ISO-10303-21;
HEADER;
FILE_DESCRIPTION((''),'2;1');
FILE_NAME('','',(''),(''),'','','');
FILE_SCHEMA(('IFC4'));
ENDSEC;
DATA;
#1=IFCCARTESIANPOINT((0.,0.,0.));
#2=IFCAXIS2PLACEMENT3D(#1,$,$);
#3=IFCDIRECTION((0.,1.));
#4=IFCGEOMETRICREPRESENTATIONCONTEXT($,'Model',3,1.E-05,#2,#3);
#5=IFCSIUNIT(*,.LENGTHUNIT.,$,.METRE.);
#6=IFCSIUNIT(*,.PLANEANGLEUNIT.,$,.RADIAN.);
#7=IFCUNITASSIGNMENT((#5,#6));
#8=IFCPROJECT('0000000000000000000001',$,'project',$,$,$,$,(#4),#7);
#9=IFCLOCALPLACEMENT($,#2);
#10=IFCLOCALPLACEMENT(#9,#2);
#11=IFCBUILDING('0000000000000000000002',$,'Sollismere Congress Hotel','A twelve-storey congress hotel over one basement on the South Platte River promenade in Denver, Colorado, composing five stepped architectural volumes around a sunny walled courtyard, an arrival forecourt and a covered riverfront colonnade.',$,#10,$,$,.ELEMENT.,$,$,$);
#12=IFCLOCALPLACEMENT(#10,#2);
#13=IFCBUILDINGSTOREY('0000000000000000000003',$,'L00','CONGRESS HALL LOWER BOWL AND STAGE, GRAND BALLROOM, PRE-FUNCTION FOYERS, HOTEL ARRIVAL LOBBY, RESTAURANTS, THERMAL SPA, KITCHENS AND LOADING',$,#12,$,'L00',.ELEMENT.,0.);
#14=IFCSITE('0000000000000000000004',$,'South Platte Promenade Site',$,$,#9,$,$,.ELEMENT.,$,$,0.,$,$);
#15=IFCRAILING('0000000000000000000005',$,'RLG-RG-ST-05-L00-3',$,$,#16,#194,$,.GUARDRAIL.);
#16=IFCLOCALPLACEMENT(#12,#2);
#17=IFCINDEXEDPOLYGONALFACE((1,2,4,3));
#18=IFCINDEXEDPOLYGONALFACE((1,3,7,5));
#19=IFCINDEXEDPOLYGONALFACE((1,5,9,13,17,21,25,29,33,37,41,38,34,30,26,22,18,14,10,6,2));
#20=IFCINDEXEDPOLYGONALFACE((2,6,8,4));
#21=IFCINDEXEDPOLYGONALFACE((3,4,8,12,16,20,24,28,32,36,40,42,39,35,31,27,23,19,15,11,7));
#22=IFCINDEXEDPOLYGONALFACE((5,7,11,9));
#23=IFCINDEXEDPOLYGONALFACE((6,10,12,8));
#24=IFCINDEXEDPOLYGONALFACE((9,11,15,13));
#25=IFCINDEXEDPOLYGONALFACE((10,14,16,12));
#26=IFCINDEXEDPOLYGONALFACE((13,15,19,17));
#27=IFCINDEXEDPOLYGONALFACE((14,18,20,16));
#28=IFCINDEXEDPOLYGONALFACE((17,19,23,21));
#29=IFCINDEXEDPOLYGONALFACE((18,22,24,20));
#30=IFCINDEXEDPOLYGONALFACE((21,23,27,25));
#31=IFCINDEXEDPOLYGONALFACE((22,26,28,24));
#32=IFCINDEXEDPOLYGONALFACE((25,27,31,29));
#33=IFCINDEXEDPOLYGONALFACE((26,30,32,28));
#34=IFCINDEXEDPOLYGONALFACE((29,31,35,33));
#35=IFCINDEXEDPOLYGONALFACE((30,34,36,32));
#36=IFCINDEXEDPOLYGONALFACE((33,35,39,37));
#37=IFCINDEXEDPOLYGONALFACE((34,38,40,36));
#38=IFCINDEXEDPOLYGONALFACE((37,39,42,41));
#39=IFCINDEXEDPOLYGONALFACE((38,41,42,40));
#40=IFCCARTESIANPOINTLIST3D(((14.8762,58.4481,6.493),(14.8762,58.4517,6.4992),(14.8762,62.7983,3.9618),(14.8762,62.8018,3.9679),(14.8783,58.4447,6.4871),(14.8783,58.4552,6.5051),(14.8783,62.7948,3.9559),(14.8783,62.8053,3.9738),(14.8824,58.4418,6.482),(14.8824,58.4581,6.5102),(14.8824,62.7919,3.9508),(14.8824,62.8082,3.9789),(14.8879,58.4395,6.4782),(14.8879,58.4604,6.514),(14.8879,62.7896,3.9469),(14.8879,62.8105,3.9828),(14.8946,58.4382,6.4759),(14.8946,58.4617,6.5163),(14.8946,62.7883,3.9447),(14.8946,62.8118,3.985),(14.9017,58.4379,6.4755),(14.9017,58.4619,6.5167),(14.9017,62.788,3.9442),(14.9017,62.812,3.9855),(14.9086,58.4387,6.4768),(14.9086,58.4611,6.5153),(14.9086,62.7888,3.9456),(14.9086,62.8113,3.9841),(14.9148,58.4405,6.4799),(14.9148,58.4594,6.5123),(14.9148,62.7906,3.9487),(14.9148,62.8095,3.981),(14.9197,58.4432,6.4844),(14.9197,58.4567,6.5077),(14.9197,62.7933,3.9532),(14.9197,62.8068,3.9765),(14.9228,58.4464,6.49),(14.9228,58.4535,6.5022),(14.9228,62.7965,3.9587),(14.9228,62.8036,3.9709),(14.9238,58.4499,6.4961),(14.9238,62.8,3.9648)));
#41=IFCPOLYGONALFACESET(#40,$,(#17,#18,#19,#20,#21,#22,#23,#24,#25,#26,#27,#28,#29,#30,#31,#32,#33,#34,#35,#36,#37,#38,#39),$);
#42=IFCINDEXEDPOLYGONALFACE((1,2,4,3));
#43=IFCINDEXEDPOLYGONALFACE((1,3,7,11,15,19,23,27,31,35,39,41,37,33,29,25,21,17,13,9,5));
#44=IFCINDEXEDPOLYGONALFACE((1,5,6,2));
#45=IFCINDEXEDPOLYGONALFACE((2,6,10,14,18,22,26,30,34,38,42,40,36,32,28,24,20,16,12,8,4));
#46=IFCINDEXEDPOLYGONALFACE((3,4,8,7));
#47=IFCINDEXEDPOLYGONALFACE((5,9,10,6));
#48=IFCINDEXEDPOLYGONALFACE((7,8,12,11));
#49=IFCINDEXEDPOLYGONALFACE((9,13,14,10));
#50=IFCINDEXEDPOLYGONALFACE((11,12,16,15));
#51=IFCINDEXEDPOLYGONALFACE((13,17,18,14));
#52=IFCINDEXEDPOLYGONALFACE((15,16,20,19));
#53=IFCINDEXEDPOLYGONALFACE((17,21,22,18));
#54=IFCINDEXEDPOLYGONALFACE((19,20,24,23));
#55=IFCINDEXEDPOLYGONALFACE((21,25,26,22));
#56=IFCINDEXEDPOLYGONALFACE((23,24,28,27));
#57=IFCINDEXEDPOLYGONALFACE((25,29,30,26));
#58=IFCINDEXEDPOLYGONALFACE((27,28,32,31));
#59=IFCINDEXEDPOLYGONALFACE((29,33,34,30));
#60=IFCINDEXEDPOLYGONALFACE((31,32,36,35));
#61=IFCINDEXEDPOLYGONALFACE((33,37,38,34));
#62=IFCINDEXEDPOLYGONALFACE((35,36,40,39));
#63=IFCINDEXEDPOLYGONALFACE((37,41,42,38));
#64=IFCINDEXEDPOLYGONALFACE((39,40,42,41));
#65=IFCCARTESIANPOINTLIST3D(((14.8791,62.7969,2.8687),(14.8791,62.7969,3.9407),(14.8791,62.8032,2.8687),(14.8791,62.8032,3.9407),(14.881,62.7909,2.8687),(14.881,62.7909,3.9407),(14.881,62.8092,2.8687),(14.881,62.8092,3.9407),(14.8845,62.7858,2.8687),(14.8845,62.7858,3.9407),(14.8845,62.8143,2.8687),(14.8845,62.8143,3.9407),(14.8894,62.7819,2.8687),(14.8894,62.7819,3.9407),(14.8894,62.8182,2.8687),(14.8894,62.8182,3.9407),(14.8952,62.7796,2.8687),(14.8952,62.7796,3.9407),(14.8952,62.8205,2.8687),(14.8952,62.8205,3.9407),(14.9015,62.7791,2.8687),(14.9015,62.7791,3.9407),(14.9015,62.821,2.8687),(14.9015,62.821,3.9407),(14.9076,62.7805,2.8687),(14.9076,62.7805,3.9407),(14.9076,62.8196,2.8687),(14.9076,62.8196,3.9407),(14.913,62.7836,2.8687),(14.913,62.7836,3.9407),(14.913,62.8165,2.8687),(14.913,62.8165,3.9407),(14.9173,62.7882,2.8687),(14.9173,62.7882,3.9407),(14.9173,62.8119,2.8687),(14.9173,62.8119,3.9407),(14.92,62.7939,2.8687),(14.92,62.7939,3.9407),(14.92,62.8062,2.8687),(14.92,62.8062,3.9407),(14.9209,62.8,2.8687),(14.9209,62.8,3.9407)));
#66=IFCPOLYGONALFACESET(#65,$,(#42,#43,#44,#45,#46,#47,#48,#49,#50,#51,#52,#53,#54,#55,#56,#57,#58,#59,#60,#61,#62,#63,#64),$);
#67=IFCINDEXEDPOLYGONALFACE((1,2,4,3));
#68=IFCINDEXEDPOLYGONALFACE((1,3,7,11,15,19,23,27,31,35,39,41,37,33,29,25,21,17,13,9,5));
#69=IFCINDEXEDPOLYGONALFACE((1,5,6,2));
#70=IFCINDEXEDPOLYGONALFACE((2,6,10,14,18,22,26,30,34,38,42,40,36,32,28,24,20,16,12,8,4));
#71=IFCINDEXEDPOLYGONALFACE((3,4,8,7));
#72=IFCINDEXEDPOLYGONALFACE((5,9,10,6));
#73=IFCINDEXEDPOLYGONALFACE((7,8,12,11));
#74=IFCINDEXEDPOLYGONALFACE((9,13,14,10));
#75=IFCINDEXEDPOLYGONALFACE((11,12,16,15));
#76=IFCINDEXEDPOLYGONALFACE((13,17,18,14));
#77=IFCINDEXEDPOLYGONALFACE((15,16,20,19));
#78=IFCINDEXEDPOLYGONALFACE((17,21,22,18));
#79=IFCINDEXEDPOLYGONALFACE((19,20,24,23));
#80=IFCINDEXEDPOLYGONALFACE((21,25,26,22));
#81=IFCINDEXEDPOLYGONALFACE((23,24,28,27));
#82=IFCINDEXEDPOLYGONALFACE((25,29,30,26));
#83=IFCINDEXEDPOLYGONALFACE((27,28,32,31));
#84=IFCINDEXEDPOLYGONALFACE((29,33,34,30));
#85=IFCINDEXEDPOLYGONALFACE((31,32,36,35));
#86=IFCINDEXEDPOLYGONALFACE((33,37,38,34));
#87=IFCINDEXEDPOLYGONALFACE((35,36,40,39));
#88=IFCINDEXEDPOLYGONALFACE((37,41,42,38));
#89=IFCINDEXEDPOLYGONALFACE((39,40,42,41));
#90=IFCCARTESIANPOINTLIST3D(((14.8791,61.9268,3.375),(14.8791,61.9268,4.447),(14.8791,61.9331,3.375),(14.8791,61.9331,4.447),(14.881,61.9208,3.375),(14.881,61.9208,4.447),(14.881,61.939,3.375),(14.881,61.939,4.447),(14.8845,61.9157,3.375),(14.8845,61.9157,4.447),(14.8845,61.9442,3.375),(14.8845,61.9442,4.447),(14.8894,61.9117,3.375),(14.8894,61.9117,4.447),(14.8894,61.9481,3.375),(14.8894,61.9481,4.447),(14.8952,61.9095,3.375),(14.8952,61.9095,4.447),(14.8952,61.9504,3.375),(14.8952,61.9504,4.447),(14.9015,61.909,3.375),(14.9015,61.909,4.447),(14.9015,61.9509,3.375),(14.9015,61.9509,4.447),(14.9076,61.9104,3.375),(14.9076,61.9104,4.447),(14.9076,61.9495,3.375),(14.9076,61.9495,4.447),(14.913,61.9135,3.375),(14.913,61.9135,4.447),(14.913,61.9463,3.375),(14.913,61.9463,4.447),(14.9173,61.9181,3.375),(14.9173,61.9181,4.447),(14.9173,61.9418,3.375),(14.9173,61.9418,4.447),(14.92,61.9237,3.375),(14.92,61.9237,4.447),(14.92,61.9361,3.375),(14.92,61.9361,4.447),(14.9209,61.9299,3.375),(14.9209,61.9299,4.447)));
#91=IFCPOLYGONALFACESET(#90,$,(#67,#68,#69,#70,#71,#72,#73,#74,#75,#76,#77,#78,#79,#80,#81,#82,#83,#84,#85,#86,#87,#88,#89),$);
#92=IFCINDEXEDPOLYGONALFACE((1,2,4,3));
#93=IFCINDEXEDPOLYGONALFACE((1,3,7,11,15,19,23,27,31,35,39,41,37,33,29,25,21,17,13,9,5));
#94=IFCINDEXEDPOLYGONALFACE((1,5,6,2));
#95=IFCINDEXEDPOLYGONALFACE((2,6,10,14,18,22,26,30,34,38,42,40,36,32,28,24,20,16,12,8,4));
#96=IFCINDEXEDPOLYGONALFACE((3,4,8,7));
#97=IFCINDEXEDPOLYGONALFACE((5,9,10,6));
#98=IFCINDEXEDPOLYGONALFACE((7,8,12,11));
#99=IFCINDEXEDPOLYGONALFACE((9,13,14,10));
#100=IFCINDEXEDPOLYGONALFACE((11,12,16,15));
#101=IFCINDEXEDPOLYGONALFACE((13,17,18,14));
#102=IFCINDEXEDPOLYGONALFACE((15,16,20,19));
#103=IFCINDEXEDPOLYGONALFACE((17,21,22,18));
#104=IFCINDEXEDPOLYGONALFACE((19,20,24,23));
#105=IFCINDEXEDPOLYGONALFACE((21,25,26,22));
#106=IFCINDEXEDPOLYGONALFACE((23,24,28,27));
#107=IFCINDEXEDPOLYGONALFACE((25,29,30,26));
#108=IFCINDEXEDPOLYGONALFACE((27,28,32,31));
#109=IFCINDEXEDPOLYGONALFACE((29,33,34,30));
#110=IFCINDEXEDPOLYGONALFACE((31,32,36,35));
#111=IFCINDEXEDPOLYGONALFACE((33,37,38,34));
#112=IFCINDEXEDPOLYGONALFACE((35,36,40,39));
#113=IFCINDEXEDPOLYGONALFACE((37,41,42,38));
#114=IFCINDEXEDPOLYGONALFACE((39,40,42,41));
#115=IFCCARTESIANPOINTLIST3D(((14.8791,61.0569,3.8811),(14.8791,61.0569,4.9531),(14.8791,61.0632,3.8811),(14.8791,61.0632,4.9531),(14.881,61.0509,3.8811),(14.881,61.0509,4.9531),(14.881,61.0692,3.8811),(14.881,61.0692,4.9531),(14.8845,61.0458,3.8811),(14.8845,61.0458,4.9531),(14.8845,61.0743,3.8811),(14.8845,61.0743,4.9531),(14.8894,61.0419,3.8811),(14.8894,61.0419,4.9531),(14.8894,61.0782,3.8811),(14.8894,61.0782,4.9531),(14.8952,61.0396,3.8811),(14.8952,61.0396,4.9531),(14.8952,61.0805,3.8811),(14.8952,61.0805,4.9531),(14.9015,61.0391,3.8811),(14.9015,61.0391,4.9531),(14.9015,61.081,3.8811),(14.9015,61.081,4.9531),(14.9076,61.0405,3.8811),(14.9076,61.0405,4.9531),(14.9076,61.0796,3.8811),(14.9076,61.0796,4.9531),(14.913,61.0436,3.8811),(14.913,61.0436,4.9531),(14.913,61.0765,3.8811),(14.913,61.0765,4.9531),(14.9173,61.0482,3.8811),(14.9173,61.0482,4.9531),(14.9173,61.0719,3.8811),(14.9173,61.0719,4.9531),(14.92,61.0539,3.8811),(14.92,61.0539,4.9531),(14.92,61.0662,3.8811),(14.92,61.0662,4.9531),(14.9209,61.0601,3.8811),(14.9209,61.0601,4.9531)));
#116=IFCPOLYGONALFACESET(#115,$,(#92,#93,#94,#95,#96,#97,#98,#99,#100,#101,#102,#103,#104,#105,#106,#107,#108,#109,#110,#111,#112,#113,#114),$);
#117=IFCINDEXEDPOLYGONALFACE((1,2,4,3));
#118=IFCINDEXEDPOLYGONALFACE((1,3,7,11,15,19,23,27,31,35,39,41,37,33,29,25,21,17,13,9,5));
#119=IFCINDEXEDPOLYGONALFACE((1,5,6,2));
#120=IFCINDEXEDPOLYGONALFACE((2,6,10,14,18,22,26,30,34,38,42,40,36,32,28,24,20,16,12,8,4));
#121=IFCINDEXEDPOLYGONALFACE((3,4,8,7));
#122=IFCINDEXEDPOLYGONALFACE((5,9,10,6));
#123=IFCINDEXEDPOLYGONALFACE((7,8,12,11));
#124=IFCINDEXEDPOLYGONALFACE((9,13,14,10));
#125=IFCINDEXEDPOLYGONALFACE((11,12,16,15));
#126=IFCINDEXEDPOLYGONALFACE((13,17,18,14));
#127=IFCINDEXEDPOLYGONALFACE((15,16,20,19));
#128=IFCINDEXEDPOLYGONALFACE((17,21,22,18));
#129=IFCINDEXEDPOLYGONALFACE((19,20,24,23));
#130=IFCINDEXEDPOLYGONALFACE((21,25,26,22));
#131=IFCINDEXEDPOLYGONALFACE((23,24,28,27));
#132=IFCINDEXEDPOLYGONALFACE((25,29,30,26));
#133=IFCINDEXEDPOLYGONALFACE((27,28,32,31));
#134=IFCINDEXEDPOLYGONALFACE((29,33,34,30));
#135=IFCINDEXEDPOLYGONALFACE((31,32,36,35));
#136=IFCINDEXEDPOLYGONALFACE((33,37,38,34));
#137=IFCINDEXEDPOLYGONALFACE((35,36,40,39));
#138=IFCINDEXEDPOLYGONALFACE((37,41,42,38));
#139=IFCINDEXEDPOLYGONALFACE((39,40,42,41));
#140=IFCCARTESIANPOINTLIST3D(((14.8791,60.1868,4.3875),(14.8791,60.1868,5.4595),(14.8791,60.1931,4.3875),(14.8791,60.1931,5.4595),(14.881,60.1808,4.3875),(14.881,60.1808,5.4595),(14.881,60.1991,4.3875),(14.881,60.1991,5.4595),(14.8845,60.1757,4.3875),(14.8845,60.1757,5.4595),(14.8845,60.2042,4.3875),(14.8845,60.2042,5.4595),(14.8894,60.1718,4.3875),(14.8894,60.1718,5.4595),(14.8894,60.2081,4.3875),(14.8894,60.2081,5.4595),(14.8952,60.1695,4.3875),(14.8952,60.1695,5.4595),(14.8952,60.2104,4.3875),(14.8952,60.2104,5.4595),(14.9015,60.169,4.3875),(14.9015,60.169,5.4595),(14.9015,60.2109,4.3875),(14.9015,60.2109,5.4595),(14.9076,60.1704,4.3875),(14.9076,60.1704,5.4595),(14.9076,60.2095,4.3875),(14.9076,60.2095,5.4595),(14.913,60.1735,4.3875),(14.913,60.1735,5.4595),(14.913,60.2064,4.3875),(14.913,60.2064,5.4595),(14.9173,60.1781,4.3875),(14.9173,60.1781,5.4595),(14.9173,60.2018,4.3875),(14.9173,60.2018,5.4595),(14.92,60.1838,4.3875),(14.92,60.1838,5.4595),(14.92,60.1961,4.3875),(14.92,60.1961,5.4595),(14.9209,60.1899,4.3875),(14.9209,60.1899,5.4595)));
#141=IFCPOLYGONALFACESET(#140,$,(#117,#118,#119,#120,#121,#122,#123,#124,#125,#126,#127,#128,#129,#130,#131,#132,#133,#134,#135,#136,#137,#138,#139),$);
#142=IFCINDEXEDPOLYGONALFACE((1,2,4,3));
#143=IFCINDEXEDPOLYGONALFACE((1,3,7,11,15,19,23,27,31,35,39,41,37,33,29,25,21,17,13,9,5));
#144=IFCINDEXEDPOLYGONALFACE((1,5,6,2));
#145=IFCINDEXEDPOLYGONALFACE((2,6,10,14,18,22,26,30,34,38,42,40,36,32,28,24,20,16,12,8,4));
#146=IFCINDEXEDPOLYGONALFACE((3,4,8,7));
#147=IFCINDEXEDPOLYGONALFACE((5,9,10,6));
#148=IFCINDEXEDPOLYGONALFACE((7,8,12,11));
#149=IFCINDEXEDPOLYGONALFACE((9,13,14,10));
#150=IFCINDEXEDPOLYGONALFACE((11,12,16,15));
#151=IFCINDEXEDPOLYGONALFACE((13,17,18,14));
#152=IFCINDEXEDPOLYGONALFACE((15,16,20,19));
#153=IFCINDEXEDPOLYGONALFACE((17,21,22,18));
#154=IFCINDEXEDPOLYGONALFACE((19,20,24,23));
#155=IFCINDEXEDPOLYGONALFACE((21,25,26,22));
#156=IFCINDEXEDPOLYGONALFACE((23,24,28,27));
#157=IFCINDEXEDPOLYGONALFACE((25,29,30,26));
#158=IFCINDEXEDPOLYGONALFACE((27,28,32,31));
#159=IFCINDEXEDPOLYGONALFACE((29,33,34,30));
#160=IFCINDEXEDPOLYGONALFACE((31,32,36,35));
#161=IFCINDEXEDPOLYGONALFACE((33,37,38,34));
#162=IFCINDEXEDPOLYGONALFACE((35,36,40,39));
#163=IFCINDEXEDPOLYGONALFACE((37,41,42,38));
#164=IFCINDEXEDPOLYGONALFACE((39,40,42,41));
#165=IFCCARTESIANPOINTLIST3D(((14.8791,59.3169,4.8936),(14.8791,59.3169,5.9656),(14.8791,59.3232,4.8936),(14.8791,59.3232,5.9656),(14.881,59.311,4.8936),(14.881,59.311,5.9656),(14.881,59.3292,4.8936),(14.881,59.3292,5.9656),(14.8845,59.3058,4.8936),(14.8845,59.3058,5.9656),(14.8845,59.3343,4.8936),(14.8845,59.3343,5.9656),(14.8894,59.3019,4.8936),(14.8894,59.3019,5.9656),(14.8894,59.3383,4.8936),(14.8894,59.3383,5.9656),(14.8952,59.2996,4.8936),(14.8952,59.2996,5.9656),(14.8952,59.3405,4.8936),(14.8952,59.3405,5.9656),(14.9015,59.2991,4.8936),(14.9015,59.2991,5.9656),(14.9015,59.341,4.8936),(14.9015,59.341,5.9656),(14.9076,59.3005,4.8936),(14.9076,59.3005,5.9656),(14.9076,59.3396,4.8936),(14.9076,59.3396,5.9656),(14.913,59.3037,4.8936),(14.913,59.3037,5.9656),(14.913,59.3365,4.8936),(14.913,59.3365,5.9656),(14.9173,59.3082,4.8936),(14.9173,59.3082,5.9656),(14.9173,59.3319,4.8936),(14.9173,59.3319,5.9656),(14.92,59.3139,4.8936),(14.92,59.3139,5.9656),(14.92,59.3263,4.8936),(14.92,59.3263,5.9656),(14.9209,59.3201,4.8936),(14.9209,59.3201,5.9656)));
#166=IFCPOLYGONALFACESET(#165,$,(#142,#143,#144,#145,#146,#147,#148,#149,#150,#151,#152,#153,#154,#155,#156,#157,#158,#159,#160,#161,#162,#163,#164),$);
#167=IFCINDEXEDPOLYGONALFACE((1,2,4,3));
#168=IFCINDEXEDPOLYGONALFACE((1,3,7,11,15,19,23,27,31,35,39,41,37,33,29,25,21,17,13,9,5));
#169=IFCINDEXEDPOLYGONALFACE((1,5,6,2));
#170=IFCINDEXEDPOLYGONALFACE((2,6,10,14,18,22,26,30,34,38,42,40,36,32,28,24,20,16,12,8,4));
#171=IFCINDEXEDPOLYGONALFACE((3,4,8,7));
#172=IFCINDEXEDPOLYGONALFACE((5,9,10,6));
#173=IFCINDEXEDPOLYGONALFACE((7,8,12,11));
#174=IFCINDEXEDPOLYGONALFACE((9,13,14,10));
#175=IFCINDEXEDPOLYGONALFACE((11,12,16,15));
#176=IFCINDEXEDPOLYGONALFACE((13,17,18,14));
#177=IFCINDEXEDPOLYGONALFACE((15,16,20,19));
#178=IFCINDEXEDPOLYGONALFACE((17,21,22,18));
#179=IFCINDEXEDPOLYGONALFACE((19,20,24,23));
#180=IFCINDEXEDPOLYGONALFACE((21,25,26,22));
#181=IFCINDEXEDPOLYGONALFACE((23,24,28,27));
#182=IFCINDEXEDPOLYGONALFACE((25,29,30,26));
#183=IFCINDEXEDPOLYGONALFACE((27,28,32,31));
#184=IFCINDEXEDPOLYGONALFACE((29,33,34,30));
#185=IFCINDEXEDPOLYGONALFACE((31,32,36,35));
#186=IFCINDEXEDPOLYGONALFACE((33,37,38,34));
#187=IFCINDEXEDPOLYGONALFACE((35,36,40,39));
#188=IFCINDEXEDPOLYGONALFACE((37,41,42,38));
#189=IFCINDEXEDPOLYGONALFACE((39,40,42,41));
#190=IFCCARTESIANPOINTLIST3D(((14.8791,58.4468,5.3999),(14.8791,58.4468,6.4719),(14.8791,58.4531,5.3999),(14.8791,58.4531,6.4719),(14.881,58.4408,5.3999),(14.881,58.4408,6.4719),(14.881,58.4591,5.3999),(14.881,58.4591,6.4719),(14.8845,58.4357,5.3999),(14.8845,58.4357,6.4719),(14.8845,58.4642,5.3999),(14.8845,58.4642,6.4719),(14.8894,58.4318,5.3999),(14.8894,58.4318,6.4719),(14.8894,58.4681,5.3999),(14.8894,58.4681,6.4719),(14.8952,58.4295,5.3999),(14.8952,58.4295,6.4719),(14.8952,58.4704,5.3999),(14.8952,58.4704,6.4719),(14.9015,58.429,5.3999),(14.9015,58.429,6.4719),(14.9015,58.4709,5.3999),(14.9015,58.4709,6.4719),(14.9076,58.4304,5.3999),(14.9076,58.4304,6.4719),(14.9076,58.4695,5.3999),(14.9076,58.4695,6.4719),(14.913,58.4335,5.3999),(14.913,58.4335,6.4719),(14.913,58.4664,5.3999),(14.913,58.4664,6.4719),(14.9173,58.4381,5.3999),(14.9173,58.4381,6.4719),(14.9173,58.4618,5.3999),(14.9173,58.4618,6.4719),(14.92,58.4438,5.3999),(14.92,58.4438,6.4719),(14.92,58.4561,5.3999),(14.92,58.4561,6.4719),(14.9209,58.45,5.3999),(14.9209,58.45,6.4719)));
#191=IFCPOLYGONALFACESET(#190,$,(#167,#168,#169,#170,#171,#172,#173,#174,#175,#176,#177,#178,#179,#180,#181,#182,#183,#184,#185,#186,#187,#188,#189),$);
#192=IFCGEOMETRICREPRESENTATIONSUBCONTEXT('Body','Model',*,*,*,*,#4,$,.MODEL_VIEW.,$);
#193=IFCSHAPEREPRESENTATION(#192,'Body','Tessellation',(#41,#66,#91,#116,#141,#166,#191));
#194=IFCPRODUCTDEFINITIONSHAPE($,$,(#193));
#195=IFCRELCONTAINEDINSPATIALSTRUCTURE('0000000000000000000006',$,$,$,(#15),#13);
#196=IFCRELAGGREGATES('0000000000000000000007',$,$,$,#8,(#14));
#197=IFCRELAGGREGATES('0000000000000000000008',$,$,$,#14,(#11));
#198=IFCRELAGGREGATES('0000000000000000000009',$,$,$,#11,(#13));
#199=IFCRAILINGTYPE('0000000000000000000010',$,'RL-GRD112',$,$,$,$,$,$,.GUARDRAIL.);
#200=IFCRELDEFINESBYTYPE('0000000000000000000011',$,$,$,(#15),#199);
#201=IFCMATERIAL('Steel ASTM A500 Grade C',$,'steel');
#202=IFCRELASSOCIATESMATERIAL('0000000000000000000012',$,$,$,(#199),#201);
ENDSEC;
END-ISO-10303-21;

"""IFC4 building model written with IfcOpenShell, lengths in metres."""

from ifc_helpers import new_model, si_unit, direction, frame, origin, origin_2d, place, context, subcontext, project, spatial, circle, extrude, material, type_object, element, save


model = new_model("IFC4")

# Units and contexts
model_context = context("Model", 3, precision=1e-05, world=origin(), true_north=direction((0.0, 1.0)))
body_context = subcontext(model_context, "Body", "Model", "MODEL_VIEW")
ifc_project = project(units=[si_unit("LENGTHUNIT", "METRE"), si_unit("PLANEANGLEUNIT", "RADIAN")], contexts=[model_context])

# Site, building, storey
site_placement = place(None, origin())
site = spatial("IfcSite", under=ifc_project, at=site_placement, Name="South Platte Promenade Site", CompositionType="ELEMENT", RefElevation=0.0)
building_placement = place(site_placement, origin())
building = spatial("IfcBuilding", under=site, at=building_placement, Name="Sollismere Congress Hotel", Description="A twelve-storey congress hotel over one basement on the South Platte River promenade in Denver, Colorado, composing five stepped architectural volumes around a sunny walled courtyard, an arrival forecourt and a covered riverfront colonnade.", CompositionType="ELEMENT")
storey_placement = place(building_placement, origin())
storey = spatial("IfcBuildingStorey", under=building, at=storey_placement, Name="L00", Description="CONGRESS HALL LOWER BOWL AND STAGE, GRAND BALLROOM, PRE-FUNCTION FOYERS, HOTEL ARRIVAL LOBBY, RESTAURANTS, THERMAL SPA, KITCHENS AND LOADING", LongName="L00", CompositionType="ELEMENT", Elevation=0.0)

# Shared definitions
ifc_material_1 = material(Name="Steel ASTM A500 Grade C", Category="steel")

# Railing
railing_type_1 = type_object("IfcRailingType", Name="RL-GRD112", PredefinedType="GUARDRAIL", material=ifc_material_1)
railing_1_placement = place(storey_placement, frame((14.8999, 62.8, 2.8687)))
element("IfcRailing", 1, at=railing_1_placement, inside=storey, type_object=railing_type_1, Name="RLG-RG-ST-05-L00-3", PredefinedType="GUARDRAIL", context=body_context, shape_type="SweptSolid", body=[
    extrude(circle(Radius=0.0239, at=origin_2d()), frame((0.0, 0.0, 1.0962), z_axis=(0.0, -0.864324, 0.502936), x_axis=(1.0, 0.0, 0.0)), (0.0, 0.0, 1.0), 5.033),
    extrude(circle(Radius=0.021, at=origin_2d()), origin(), (0.0, 0.0, 1.0), 1.072),
    extrude(circle(Radius=0.021, at=origin_2d()), frame((0.0, -0.8701, 0.5063)), (0.0, 0.0, 1.0), 1.072),
    extrude(circle(Radius=0.021, at=origin_2d()), frame((0.0, -1.74, 1.0125)), (0.0, 0.0, 1.0), 1.072),
    extrude(circle(Radius=0.021, at=origin_2d()), frame((0.0, -2.6101, 1.5188)), (0.0, 0.0, 1.0), 1.072),
    extrude(circle(Radius=0.021, at=origin_2d()), frame((0.0, -3.48, 2.0249)), (0.0, 0.0, 1.0), 1.072),
    extrude(circle(Radius=0.021, at=origin_2d()), frame((0.0, -4.3501, 2.5312)), (0.0, 0.0, 1.0), 1.072),
])

save(model, "model.ifc")
